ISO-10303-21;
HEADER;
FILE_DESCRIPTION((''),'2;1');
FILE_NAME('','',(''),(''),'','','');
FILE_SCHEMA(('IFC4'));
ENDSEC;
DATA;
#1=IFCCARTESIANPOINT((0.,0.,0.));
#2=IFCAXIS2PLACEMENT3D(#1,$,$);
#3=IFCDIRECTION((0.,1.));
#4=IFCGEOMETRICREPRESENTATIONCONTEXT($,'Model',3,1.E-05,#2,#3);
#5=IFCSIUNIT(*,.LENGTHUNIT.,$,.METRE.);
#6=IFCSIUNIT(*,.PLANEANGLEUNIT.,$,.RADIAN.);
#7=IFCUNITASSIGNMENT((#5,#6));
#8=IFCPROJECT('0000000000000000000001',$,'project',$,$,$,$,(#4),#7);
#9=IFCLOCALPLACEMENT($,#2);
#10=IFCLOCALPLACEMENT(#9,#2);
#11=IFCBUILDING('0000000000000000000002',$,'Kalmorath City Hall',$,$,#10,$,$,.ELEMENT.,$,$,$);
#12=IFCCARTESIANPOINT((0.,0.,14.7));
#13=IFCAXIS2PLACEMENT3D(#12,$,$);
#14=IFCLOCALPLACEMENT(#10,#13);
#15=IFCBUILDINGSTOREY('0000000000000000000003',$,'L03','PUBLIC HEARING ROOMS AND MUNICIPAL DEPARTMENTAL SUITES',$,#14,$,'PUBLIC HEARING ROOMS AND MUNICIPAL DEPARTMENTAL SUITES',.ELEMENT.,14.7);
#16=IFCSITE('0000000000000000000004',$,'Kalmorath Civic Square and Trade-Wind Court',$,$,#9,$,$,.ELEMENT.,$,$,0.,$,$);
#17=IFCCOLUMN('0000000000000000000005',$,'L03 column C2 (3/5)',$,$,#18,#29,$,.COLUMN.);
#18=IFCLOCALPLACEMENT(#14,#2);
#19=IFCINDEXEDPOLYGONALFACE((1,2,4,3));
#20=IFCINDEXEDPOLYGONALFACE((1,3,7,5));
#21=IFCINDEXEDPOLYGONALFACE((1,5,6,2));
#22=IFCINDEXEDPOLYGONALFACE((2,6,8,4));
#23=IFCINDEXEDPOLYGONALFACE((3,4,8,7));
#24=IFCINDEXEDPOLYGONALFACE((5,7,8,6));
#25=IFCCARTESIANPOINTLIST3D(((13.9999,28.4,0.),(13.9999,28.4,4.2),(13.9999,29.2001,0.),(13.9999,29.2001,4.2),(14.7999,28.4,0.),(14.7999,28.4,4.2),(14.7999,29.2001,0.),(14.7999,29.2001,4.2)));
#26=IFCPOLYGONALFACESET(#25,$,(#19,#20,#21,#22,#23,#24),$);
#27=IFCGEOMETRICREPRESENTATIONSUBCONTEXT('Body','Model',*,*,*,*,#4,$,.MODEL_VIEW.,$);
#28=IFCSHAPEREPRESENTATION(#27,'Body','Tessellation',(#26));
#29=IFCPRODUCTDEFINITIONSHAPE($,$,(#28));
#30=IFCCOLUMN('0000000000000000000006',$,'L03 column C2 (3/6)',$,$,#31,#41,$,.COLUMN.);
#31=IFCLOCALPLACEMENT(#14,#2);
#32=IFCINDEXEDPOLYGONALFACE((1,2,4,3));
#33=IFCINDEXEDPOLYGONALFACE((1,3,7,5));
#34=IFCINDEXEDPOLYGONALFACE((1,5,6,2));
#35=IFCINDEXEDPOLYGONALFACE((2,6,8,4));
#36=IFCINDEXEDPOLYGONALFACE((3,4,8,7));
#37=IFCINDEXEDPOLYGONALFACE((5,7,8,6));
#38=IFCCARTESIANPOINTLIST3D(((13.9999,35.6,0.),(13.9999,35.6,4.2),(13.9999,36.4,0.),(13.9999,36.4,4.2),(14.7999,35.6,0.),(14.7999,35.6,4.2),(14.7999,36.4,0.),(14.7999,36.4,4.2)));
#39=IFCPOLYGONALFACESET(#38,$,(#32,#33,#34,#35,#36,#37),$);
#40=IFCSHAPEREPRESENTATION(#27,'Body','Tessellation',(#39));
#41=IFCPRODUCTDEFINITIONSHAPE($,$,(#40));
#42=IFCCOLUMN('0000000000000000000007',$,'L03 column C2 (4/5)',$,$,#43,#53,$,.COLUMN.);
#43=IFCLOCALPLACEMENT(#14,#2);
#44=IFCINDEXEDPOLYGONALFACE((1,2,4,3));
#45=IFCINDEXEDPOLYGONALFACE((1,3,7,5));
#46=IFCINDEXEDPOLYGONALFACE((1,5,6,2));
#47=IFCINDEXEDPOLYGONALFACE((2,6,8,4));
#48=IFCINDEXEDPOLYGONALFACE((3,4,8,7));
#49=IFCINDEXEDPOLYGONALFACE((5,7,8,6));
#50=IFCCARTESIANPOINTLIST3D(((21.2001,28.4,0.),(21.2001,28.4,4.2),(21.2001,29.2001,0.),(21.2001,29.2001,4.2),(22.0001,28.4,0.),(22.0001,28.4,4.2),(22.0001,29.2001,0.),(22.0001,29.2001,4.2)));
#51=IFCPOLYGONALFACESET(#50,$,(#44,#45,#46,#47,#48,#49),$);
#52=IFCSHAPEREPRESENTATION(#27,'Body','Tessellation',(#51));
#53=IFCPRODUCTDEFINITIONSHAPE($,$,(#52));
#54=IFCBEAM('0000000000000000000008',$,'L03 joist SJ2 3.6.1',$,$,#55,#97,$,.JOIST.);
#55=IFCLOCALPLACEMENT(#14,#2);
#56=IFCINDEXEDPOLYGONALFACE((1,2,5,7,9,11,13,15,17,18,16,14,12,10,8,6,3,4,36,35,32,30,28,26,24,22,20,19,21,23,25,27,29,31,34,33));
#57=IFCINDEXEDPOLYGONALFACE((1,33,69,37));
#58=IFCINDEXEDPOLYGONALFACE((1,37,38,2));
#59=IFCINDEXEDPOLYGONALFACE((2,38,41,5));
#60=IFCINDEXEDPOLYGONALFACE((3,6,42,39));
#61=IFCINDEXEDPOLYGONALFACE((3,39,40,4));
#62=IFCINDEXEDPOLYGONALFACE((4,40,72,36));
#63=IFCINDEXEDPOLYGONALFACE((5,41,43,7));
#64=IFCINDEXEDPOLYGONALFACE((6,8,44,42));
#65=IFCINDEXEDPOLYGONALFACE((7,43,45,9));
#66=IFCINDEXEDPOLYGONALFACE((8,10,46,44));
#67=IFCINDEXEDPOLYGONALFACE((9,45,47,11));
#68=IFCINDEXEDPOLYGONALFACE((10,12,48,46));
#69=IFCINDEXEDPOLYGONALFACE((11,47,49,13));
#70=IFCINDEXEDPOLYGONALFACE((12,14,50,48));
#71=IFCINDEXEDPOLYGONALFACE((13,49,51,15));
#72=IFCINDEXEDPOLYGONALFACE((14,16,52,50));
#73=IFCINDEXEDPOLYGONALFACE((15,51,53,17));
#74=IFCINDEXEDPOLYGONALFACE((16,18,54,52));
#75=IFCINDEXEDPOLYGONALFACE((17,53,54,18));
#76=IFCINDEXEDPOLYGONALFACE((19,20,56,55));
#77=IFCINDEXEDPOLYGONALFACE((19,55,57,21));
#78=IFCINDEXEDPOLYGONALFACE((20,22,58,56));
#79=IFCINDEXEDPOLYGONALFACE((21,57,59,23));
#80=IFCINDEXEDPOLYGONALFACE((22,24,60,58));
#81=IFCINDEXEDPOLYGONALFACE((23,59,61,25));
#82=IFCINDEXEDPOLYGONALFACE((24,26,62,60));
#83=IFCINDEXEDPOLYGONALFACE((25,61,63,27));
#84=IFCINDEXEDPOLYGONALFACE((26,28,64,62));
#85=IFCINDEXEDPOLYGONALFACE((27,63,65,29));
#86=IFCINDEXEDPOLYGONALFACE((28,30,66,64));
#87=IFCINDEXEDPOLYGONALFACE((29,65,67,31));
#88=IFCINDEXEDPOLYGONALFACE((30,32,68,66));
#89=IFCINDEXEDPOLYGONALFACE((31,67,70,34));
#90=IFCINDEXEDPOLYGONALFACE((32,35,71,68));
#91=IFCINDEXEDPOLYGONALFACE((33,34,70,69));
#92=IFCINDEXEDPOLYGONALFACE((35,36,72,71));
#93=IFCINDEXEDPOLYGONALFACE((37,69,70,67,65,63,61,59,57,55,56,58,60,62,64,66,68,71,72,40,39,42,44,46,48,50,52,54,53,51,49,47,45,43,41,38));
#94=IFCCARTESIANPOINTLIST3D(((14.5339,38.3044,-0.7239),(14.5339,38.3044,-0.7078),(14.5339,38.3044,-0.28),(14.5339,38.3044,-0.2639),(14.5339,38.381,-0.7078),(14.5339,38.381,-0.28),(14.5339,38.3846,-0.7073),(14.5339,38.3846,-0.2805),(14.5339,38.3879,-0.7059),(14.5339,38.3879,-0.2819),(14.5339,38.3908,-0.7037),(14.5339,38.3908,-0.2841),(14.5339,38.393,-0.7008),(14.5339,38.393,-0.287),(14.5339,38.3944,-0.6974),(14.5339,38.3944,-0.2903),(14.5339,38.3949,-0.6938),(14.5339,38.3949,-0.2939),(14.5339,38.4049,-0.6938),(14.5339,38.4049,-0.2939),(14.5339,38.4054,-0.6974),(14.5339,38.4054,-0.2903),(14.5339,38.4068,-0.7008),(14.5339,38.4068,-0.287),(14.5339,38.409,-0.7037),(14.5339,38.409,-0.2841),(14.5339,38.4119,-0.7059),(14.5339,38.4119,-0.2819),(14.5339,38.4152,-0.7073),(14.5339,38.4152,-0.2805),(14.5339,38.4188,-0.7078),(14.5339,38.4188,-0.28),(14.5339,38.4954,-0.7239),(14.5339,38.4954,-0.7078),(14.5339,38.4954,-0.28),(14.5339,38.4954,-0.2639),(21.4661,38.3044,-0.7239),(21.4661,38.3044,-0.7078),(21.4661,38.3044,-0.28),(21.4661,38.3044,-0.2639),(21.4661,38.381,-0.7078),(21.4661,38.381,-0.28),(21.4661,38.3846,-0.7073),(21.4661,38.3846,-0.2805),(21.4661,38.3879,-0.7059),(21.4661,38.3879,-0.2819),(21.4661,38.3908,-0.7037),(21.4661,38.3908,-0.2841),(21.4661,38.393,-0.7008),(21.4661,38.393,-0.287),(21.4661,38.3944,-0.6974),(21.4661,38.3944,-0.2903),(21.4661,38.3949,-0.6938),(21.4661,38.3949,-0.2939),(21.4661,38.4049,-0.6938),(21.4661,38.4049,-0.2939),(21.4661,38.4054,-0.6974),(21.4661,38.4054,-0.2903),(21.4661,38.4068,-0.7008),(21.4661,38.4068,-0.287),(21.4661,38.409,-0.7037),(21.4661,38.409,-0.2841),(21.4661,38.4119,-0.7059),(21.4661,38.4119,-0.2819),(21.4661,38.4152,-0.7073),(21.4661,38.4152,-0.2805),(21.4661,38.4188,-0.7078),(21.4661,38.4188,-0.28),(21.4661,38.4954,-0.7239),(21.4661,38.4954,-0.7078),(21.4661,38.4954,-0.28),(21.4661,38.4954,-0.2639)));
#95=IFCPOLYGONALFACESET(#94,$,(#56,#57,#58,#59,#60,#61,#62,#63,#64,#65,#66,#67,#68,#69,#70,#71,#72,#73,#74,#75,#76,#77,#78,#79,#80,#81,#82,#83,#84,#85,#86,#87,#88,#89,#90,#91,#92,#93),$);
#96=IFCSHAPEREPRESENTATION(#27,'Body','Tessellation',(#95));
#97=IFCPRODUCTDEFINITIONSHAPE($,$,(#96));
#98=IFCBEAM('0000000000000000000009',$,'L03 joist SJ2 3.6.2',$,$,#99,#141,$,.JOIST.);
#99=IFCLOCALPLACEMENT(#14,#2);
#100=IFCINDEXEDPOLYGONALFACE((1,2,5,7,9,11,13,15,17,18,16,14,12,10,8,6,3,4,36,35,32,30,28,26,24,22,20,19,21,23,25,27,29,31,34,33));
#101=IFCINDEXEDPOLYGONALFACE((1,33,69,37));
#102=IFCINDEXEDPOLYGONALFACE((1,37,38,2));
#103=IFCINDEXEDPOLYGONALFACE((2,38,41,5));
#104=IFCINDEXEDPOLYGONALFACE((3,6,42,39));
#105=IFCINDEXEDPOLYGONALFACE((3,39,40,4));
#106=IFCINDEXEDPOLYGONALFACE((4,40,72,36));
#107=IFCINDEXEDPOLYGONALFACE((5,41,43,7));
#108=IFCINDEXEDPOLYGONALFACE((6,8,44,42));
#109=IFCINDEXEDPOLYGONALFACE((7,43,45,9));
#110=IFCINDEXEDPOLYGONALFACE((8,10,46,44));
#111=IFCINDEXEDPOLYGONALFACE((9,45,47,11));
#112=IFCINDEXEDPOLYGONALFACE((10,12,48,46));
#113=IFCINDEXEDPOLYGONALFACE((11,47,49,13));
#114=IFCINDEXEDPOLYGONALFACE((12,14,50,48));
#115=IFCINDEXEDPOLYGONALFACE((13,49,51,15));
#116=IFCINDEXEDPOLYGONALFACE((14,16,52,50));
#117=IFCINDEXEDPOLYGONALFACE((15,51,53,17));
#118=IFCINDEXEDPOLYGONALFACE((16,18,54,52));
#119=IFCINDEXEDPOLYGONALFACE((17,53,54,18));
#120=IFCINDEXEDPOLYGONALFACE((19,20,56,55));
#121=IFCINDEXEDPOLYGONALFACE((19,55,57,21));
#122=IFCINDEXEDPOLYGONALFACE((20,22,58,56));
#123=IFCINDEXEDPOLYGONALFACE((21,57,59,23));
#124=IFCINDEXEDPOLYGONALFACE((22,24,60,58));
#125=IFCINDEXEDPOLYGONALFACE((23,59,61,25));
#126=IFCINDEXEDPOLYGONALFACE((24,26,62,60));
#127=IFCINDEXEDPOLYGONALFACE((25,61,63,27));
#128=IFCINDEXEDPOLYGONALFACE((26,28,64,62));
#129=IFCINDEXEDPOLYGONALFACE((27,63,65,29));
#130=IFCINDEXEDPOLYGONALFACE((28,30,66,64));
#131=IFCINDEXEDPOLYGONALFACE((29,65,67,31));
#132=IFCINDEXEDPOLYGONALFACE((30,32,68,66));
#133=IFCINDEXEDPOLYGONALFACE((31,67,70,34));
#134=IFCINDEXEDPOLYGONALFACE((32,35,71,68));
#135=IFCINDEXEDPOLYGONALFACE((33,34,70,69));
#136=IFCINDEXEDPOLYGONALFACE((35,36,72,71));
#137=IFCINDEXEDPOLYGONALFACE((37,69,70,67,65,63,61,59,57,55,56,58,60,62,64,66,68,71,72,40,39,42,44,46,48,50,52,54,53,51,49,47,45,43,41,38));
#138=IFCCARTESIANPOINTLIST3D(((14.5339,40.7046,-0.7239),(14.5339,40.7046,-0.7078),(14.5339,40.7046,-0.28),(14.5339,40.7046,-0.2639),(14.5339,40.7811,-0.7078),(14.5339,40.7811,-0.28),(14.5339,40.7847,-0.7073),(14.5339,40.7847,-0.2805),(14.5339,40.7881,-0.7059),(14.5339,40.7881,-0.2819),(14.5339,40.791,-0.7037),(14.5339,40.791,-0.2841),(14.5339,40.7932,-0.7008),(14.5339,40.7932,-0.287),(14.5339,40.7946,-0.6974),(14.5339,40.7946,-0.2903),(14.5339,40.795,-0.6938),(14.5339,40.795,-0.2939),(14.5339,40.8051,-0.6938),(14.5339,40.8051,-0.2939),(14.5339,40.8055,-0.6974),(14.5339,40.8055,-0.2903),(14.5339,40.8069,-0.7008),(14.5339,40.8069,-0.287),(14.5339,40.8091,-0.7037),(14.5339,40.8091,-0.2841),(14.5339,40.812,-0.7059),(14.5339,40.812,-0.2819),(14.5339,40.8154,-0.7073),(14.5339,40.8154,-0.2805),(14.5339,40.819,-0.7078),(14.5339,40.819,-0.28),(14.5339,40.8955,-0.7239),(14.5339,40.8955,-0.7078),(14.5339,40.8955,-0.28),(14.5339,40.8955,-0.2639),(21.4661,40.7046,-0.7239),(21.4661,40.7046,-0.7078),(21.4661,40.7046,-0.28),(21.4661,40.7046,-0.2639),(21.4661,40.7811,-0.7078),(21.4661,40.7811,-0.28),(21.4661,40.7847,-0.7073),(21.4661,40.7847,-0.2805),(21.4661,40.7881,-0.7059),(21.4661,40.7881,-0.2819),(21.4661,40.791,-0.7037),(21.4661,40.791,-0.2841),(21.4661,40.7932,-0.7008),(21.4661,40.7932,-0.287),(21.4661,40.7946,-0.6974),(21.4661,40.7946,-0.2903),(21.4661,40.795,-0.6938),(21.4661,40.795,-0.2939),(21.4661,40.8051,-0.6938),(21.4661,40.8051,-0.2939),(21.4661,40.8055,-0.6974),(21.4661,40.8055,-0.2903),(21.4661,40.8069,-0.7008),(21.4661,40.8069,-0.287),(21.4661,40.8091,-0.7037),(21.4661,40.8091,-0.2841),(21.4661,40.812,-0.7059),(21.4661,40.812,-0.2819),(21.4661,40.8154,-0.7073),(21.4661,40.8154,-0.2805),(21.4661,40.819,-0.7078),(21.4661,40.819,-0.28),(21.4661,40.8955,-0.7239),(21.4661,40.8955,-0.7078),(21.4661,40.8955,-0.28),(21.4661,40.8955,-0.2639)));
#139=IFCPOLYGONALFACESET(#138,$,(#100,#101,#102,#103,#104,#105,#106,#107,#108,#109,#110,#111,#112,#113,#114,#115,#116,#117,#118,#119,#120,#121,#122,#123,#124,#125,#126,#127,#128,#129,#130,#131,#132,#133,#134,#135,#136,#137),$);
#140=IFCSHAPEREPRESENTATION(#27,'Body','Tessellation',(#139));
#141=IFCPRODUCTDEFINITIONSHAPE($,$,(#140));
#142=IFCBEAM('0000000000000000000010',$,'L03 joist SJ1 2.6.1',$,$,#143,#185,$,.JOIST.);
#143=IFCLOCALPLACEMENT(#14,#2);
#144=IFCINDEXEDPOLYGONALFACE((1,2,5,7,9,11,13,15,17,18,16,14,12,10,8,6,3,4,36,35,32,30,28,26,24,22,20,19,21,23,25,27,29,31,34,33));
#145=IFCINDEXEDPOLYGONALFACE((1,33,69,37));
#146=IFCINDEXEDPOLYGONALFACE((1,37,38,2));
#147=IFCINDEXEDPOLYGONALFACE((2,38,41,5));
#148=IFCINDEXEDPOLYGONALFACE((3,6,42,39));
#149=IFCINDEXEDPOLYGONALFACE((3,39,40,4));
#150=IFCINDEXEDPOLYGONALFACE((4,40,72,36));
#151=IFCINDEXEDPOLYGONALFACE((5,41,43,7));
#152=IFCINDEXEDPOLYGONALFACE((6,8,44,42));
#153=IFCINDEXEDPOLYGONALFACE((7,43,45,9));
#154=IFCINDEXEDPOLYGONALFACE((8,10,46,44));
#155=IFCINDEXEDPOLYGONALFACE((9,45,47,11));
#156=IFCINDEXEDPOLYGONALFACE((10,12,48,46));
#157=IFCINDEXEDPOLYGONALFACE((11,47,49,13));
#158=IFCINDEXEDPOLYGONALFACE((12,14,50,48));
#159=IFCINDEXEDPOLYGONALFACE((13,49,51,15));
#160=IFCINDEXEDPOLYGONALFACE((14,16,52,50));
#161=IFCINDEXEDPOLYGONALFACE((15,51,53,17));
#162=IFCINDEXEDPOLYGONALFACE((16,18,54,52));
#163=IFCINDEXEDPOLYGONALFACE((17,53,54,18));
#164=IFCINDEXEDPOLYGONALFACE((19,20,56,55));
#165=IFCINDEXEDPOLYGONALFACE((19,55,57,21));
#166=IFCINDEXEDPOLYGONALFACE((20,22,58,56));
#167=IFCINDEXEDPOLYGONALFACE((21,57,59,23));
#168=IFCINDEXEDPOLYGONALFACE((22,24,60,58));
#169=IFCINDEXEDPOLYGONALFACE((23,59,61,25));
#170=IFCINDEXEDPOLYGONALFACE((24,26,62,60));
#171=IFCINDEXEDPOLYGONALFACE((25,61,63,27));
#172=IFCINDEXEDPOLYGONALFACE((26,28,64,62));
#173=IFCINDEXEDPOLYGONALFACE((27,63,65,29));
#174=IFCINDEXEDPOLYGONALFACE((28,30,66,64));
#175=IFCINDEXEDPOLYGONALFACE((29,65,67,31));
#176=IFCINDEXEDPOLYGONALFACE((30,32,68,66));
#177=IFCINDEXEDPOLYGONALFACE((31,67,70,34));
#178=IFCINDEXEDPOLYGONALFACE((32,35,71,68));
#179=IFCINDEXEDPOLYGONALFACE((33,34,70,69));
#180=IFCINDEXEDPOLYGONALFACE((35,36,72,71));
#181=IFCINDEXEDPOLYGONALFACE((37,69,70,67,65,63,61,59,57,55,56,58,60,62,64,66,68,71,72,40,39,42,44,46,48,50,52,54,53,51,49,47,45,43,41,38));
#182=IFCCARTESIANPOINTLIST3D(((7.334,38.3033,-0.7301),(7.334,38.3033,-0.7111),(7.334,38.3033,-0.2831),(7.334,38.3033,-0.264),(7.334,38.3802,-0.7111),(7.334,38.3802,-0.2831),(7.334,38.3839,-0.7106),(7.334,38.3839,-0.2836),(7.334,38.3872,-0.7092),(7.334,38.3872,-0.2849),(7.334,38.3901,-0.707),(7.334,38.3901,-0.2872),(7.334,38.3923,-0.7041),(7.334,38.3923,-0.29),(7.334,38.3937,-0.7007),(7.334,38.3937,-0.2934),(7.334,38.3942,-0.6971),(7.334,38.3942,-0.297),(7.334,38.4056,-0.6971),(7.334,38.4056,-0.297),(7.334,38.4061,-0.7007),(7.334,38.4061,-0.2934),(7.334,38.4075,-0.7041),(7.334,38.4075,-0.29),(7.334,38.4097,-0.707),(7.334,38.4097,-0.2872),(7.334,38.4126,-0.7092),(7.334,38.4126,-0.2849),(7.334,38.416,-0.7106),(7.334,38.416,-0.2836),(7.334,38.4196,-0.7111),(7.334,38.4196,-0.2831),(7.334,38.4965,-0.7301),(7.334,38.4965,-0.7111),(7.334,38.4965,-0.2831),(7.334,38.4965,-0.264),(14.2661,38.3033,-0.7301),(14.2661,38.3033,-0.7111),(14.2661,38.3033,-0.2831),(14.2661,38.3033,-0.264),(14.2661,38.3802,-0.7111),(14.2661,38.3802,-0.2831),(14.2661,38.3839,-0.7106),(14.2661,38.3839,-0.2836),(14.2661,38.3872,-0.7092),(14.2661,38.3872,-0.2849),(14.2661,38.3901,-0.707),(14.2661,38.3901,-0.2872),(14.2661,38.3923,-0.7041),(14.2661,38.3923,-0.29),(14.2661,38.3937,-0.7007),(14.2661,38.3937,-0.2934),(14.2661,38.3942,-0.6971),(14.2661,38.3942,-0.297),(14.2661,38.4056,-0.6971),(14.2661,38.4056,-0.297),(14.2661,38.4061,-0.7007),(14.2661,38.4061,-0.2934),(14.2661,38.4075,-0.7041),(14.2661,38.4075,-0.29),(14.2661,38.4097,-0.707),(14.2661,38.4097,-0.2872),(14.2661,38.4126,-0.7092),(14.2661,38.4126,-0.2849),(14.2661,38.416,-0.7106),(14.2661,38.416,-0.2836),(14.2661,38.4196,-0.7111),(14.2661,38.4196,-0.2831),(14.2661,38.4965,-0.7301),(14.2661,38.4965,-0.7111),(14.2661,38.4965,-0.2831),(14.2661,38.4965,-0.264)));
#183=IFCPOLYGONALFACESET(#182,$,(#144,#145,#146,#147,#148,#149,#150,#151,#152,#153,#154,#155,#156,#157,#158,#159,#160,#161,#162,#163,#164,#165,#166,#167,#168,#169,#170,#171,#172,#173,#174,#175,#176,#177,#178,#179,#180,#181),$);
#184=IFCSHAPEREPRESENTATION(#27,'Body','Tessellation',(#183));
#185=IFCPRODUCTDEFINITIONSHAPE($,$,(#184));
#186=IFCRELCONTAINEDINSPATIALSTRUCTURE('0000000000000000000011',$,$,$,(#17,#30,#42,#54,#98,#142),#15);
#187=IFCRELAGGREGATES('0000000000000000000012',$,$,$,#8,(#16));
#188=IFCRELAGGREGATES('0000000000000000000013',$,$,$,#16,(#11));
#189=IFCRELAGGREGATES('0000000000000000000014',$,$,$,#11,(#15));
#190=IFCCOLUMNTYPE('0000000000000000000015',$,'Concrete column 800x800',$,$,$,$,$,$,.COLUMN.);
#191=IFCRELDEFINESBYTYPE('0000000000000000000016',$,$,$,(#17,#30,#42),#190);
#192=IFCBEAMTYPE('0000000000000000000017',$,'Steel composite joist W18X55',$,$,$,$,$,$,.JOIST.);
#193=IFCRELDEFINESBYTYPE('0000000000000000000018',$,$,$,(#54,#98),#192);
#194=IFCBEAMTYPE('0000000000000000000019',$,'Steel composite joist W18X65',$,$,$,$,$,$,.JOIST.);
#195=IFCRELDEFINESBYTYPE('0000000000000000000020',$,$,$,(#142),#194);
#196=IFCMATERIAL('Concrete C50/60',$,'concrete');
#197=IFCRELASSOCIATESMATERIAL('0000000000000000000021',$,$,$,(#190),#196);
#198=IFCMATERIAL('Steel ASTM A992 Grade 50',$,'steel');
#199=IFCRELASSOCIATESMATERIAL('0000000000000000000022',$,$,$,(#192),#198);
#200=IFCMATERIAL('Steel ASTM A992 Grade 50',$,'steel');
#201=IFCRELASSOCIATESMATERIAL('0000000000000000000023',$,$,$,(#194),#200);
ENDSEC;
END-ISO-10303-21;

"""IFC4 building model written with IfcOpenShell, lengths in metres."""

from ifc_helpers import new_model, si_unit, direction, frame, origin, origin_2d, place, context, subcontext, project, spatial, rectangle, i_section, extrude, material, material_profile, profile_set, type_object, element, save


model = new_model("IFC4")

# Units and contexts
model_context = context("Model", 3, precision=1e-05, world=origin(), true_north=direction((0.0, 1.0)))
body_context = subcontext(model_context, "Body", "Model", "MODEL_VIEW")
ifc_project = project(units=[si_unit("LENGTHUNIT", "METRE"), si_unit("PLANEANGLEUNIT", "RADIAN")], contexts=[model_context])

# Site, building, storey
site_placement = place(None, origin())
site = spatial("IfcSite", under=ifc_project, at=site_placement, Name="Kalmorath Civic Square and Trade-Wind Court", CompositionType="ELEMENT", RefElevation=0.0)
building_placement = place(site_placement, origin())
building = spatial("IfcBuilding", under=site, at=building_placement, Name="Kalmorath City Hall", CompositionType="ELEMENT")
storey_placement = place(building_placement, frame((0.0, 0.0, 14.7)))
storey = spatial("IfcBuildingStorey", under=building, at=storey_placement, Name="L03", Description="PUBLIC HEARING ROOMS AND MUNICIPAL DEPARTMENTAL SUITES", LongName="PUBLIC HEARING ROOMS AND MUNICIPAL DEPARTMENTAL SUITES", CompositionType="ELEMENT", Elevation=14.7)

# Columns
ifc_material_1 = material(Name="Concrete C50/60", Category="concrete")
ifc_material_profile_1 = material_profile(ifc_material_1, rectangle(XDim=0.8, YDim=0.8, at=origin_2d()), Name="RC-COL-800X800")
ifc_profile_set_1 = profile_set([ifc_material_profile_1], Name="Concrete C50/60")
column_type = type_object("IfcColumnType", Name="Concrete column 800x800", PredefinedType="COLUMN", material=ifc_profile_set_1)
for number, where, z_axis, x_axis, name in (
    (1, (14.3999, 28.8, 0.0), (0.0, 0.0, 1.0), (1.0, 0.0, 0.0), "L03 column C2 (3/5)"),
    (2, (14.3999, 36.0, 0.0), (0.0, 0.0, 1.0), (1.0, 0.0, 0.0), "L03 column C2 (3/6)"),
    (3, (21.6001, 28.8, 0.0), (0.0, 0.0, 1.0), (1.0, 0.0, 0.0), "L03 column C2 (4/5)"),
):
    element("IfcColumn", number, at=place(storey_placement, frame(where, z_axis=z_axis, x_axis=x_axis)), inside=storey, type_object=column_type, Name=name, PredefinedType="COLUMN", context=body_context, shape_type="SweptSolid", body=[
        extrude(rectangle(XDim=0.8, YDim=0.8, at=origin_2d()), origin(), (0.0, 0.0, 1.0), 4.2),
    ])

# Beams
ifc_material_2 = material(Name="Steel ASTM A992 Grade 50", Category="steel")
ifc_material_profile_2 = material_profile(ifc_material_2, i_section(OverallWidth=0.1909, OverallDepth=0.46, WebThickness=0.01, FlangeThickness=0.0161, FilletRadius=0.0139, at=origin_2d()), Name="W18X55")
ifc_profile_set_2 = profile_set([ifc_material_profile_2], Name="Steel ASTM A992 Grade 50")
beam_type_1 = type_object("IfcBeamType", Name="Steel composite joist W18X55", PredefinedType="JOIST", material=ifc_profile_set_2)
for number, where, z_axis, x_axis, name in (
    (4, (14.5339, 38.3999, -0.4939), (1.0, 0.0, 0.0), (0.0, 1.0, 0.0), "L03 joist SJ2 3.6.1"),
    (5, (14.5339, 40.8, -0.4939), (1.0, 0.0, 0.0), (0.0, 1.0, 0.0), "L03 joist SJ2 3.6.2"),
):
    element("IfcBeam", number, at=place(storey_placement, frame(where, z_axis=z_axis, x_axis=x_axis)), inside=storey, type_object=beam_type_1, Name=name, PredefinedType="JOIST", context=body_context, shape_type="SweptSolid", body=[
        extrude(i_section(OverallWidth=0.1909, OverallDepth=0.46, WebThickness=0.01, FlangeThickness=0.0161, FilletRadius=0.0139, at=origin_2d()), origin(), (0.0, 0.0, 1.0), 6.9321),
    ])
ifc_material_3 = material(Name="Steel ASTM A992 Grade 50", Category="steel")
ifc_material_profile_3 = material_profile(ifc_material_3, i_section(OverallWidth=0.1931, OverallDepth=0.4661, WebThickness=0.0115, FlangeThickness=0.019, FilletRadius=0.0139, at=origin_2d()), Name="W18X65")
ifc_profile_set_3 = profile_set([ifc_material_profile_3], Name="Steel ASTM A992 Grade 50")
beam_type_2 = type_object("IfcBeamType", Name="Steel composite joist W18X65", PredefinedType="JOIST", material=ifc_profile_set_3)
for number, where, z_axis, x_axis, name in (
    (6, (7.334, 38.3999, -0.4971), (1.0, 0.0, 0.0), (0.0, 1.0, 0.0), "L03 joist SJ1 2.6.1"),
):
    element("IfcBeam", number, at=place(storey_placement, frame(where, z_axis=z_axis, x_axis=x_axis)), inside=storey, type_object=beam_type_2, Name=name, PredefinedType="JOIST", context=body_context, shape_type="SweptSolid", body=[
        extrude(i_section(OverallWidth=0.1931, OverallDepth=0.4661, WebThickness=0.0115, FlangeThickness=0.019, FilletRadius=0.0139, at=origin_2d()), origin(), (0.0, 0.0, 1.0), 6.9321),
    ])

save(model, "model.ifc")
